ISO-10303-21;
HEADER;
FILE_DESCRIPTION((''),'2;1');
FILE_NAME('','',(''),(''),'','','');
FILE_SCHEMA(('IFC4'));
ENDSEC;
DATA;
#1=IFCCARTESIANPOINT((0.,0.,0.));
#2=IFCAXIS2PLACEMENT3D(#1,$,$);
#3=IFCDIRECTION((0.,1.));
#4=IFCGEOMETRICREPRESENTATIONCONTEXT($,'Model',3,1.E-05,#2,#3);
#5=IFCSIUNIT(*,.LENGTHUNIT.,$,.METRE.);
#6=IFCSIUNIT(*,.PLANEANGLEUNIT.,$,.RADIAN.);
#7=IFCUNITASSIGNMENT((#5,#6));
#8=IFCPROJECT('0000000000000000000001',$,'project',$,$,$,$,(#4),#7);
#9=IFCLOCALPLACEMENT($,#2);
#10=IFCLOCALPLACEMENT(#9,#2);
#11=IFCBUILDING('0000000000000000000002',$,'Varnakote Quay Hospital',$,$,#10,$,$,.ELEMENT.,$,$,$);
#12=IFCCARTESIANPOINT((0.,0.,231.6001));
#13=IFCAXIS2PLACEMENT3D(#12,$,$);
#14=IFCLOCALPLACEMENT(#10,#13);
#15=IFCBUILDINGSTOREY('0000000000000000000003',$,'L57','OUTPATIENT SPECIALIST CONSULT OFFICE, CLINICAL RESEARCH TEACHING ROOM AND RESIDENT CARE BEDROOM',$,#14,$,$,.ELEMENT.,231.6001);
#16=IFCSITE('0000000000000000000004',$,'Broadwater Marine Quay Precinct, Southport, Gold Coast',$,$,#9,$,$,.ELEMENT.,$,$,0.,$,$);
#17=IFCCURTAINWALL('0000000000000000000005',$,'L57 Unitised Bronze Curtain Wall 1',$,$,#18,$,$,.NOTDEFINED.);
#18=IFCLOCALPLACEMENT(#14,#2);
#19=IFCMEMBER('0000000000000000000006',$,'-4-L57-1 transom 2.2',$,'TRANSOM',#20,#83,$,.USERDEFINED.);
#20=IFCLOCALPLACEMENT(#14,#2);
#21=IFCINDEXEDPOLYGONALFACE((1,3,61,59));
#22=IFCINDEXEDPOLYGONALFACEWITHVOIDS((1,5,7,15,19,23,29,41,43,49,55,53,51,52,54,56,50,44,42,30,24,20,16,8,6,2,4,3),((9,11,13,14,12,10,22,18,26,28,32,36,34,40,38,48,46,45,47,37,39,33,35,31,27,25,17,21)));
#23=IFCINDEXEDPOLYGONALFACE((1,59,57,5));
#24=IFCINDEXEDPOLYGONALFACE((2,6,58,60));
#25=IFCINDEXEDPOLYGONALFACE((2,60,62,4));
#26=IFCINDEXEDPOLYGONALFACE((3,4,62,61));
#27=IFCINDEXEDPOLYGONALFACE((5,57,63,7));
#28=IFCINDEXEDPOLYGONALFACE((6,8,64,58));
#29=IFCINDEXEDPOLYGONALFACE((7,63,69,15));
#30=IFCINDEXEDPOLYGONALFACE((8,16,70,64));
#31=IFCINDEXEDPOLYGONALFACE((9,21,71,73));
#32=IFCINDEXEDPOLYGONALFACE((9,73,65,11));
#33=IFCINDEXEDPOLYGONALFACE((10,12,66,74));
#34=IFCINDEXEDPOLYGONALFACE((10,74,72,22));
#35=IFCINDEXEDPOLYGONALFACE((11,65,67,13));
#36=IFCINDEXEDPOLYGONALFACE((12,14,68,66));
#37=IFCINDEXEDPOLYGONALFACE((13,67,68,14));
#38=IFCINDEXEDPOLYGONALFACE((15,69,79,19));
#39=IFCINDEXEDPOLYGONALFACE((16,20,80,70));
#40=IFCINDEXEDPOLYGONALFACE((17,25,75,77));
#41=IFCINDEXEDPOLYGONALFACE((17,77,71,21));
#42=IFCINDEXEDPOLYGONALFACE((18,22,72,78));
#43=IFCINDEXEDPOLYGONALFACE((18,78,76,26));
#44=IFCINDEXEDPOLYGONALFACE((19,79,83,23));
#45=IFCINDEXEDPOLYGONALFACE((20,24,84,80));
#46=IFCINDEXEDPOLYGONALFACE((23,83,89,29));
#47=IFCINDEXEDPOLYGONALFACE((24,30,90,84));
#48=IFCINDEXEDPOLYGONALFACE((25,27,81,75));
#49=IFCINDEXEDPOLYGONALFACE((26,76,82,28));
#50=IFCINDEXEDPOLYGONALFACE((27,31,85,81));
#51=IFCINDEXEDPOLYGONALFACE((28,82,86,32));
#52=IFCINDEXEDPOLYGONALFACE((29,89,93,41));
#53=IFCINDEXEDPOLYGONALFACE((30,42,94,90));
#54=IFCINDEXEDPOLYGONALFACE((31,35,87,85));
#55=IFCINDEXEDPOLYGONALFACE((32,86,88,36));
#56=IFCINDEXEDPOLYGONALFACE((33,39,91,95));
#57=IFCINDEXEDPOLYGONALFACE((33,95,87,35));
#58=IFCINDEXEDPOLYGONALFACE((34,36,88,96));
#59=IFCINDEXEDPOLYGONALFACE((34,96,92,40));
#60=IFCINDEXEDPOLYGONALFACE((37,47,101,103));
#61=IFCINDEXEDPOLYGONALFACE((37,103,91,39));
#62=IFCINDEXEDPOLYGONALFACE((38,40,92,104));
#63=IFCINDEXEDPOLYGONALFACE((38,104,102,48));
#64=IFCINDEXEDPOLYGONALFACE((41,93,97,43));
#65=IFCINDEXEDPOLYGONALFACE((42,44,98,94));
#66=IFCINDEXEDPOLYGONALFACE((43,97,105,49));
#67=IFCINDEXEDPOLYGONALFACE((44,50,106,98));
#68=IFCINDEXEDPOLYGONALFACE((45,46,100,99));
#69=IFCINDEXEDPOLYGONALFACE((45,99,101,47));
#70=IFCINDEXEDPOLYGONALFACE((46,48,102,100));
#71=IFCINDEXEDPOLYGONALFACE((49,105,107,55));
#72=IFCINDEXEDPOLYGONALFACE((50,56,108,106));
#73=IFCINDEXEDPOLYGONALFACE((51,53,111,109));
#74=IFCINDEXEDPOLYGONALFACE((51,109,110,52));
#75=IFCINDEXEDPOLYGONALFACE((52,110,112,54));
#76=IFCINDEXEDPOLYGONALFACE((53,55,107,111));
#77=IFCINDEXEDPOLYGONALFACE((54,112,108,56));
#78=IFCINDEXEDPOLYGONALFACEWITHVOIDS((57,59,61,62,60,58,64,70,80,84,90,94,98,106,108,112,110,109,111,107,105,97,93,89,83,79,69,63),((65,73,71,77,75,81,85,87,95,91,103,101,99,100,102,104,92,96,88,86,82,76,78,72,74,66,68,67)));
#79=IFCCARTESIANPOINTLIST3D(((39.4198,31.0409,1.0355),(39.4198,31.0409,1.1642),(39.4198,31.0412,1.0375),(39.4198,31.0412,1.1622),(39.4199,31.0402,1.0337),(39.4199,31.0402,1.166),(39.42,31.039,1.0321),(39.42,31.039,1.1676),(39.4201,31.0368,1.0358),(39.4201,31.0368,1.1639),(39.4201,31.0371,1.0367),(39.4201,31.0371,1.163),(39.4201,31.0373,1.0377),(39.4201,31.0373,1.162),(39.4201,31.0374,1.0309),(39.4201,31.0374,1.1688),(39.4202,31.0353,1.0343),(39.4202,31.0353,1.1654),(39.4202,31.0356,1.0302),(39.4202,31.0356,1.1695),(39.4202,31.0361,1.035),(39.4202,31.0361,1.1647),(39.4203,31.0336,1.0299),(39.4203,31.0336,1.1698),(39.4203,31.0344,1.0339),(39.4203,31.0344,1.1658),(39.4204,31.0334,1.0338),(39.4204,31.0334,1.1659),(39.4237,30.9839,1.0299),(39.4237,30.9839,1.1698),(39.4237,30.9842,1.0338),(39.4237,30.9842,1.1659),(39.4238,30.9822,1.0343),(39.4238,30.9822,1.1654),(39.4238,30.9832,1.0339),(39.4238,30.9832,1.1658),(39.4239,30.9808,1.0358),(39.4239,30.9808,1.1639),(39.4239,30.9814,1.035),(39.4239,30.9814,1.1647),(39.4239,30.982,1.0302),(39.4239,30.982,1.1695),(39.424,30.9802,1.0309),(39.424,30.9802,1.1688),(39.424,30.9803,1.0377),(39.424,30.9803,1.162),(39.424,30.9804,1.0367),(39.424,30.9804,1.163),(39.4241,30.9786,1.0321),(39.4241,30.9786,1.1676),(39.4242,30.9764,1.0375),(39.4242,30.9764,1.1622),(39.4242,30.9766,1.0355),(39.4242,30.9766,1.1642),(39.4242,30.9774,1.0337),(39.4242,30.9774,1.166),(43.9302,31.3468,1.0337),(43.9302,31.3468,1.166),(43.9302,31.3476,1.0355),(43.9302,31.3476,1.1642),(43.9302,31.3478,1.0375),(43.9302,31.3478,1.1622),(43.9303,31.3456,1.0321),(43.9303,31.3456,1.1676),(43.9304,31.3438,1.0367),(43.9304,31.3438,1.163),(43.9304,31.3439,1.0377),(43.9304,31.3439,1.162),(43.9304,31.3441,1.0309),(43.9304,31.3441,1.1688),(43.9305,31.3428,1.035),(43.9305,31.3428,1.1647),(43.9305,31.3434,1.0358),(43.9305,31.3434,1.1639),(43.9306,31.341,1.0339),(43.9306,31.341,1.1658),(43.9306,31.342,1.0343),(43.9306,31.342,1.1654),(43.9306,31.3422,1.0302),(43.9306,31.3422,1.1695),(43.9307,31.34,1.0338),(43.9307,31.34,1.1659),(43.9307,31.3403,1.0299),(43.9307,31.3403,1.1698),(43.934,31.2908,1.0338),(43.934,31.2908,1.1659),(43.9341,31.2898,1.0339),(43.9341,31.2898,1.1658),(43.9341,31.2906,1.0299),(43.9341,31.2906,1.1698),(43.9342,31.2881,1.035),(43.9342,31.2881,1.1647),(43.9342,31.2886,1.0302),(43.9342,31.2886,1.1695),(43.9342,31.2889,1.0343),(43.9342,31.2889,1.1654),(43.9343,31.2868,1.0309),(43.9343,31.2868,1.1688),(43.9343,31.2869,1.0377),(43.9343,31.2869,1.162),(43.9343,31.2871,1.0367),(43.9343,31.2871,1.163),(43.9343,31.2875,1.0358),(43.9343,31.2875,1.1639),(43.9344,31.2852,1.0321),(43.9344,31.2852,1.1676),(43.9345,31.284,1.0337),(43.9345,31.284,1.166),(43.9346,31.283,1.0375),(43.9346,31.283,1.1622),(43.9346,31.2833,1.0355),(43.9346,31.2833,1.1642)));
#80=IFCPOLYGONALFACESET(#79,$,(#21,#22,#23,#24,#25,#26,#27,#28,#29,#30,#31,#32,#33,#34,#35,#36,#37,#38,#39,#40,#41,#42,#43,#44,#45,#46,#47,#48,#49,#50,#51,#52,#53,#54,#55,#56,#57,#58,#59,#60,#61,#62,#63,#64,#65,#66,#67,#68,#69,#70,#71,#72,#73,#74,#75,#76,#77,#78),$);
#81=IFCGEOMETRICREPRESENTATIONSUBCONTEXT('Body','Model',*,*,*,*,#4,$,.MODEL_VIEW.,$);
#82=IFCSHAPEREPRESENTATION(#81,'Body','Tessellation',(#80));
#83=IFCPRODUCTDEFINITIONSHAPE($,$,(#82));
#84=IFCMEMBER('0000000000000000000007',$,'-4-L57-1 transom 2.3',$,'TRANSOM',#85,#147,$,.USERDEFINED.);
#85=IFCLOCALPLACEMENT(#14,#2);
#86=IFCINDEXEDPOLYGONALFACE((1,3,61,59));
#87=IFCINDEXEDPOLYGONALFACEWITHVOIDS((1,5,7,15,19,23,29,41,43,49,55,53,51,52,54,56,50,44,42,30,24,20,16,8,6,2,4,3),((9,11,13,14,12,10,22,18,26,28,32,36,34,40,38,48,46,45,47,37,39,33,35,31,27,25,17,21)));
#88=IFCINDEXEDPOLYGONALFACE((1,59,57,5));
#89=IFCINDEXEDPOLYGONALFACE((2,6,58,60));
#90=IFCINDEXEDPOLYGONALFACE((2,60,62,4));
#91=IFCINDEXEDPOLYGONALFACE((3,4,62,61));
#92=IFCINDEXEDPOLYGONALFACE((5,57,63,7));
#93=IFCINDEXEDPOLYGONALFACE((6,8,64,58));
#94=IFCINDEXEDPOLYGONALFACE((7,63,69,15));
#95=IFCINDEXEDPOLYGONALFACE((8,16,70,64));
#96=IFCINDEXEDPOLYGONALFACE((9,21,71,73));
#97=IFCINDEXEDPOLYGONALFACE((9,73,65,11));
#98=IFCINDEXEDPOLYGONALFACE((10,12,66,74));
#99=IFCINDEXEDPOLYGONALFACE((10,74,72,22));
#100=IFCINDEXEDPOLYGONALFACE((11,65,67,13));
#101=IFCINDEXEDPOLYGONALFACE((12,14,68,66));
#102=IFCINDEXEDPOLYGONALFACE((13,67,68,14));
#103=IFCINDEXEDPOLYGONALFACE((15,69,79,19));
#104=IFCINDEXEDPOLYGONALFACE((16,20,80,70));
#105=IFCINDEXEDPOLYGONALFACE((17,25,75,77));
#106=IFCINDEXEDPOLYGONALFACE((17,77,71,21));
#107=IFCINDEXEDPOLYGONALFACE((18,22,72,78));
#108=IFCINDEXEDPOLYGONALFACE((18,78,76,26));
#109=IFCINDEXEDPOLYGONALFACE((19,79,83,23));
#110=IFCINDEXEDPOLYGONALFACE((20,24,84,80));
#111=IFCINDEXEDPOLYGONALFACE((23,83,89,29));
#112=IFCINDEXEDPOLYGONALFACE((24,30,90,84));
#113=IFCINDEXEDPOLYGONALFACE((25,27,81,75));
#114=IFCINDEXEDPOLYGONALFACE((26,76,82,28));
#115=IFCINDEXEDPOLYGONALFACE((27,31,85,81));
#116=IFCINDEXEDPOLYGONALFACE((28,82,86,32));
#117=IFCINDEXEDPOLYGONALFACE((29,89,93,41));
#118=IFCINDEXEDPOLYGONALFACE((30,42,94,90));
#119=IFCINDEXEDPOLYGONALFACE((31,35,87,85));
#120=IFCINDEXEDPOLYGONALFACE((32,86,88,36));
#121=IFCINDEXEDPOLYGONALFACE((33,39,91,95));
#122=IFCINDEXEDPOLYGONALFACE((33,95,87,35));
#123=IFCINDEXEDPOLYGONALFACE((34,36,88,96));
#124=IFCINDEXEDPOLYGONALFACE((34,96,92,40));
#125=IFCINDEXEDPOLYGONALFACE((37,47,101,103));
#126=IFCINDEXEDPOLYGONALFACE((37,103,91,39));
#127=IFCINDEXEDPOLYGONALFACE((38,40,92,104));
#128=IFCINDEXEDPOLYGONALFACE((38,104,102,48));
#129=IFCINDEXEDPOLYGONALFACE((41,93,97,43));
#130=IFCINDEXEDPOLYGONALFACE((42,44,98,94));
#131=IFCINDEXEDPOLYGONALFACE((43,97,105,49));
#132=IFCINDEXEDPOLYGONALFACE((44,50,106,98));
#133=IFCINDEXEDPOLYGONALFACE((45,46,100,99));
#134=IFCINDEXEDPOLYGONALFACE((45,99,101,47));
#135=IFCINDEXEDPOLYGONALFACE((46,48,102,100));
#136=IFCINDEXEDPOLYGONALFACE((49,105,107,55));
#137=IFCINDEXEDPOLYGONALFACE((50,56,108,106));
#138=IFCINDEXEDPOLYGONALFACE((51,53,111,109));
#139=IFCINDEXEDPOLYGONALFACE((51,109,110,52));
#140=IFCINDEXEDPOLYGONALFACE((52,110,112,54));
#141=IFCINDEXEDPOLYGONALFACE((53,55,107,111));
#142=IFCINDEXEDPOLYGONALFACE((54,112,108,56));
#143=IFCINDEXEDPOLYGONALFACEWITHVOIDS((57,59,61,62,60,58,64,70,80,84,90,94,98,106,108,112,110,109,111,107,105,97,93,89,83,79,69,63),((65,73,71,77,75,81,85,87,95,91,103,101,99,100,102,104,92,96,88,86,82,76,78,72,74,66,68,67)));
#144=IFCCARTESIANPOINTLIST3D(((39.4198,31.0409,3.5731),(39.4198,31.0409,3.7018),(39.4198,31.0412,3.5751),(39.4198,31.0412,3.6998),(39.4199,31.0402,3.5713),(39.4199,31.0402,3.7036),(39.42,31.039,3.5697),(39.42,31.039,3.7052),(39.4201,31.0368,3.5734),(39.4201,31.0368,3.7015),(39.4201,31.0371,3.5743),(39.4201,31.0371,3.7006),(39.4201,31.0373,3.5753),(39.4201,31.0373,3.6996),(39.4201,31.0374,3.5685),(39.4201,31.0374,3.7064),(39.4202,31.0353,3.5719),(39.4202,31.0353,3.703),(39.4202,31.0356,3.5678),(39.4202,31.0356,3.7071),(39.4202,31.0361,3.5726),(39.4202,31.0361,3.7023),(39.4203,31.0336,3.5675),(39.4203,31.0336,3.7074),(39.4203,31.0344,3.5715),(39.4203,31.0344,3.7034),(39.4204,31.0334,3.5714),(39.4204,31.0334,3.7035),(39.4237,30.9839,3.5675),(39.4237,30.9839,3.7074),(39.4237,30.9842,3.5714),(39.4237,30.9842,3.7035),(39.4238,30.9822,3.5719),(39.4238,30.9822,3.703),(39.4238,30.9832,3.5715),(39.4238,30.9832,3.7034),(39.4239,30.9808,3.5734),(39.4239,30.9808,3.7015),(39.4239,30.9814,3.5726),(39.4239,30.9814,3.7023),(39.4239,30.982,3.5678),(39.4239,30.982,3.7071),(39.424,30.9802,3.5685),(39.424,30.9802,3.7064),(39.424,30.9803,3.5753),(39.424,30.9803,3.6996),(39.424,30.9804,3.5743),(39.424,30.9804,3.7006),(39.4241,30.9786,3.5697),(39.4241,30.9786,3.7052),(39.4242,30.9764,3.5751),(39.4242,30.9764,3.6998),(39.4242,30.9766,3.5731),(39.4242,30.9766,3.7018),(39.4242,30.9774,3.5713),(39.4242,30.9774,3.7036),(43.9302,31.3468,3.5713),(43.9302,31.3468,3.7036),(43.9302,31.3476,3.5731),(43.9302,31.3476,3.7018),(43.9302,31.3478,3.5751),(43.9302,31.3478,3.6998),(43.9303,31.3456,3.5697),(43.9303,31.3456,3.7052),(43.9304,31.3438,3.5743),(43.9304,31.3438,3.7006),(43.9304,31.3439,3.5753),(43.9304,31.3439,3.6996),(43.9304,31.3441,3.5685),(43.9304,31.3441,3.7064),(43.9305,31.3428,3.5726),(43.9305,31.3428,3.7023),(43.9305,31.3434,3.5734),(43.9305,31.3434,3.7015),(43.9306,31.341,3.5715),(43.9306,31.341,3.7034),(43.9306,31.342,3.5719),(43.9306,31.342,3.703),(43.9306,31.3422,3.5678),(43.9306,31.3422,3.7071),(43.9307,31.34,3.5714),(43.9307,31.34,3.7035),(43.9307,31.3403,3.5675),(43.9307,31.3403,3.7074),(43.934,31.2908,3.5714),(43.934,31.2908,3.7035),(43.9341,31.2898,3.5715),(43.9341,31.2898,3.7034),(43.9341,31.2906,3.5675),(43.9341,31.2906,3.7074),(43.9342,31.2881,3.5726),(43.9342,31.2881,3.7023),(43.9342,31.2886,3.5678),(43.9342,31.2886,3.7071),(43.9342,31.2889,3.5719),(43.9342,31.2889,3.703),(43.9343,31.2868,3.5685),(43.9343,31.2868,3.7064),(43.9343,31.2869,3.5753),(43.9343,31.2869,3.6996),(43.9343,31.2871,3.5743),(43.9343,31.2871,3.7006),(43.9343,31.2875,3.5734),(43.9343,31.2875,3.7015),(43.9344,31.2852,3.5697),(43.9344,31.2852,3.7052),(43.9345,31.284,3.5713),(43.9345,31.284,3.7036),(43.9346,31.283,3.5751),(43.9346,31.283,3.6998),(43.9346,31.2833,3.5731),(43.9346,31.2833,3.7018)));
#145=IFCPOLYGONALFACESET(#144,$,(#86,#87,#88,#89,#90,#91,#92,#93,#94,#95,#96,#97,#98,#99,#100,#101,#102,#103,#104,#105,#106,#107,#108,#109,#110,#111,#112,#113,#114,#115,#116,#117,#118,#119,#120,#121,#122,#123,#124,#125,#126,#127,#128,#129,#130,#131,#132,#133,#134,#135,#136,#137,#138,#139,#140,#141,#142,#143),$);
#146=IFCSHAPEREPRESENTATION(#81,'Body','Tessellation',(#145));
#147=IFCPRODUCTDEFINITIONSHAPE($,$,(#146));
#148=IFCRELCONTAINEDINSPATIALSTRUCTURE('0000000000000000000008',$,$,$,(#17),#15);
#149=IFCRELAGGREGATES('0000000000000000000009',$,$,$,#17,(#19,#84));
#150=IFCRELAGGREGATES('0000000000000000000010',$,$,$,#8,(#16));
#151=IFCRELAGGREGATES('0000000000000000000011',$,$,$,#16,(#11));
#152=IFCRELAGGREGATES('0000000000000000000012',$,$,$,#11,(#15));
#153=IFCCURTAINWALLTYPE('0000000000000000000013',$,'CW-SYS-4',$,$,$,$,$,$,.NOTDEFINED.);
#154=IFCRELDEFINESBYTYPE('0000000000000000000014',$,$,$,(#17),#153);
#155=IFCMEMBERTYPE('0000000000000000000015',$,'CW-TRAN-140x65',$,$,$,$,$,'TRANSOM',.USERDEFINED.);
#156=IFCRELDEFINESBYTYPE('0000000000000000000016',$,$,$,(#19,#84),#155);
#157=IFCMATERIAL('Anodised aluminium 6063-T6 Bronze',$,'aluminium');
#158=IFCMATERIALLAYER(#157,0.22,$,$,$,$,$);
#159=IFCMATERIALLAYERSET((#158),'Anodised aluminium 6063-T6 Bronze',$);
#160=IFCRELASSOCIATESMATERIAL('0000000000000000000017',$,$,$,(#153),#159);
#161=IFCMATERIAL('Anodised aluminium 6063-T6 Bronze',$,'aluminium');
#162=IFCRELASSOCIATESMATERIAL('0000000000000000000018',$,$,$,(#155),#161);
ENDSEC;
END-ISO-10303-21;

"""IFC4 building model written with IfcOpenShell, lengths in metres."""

from ifc_helpers import new_model, si_unit, direction, frame, origin, origin_2d, place, context, subcontext, project, spatial, hollow_rectangle, extrude, material, layer, layer_set, material_profile, profile_set, type_object, element, aggregate, save


model = new_model("IFC4")

# Units and contexts
model_context = context("Model", 3, precision=1e-05, world=origin(), true_north=direction((0.0, 1.0)))
body_context = subcontext(model_context, "Body", "Model", "MODEL_VIEW")
ifc_project = project(units=[si_unit("LENGTHUNIT", "METRE"), si_unit("PLANEANGLEUNIT", "RADIAN")], contexts=[model_context])

# Site, building, storey
site_placement = place(None, origin())
site = spatial("IfcSite", under=ifc_project, at=site_placement, Name="Broadwater Marine Quay Precinct, Southport, Gold Coast", CompositionType="ELEMENT", RefElevation=0.0)
building_placement = place(site_placement, origin())
building = spatial("IfcBuilding", under=site, at=building_placement, Name="Varnakote Quay Hospital", CompositionType="ELEMENT")
storey_placement = place(building_placement, frame((0.0, 0.0, 231.6001)))
storey = spatial("IfcBuildingStorey", under=building, at=storey_placement, Name="L57", Description="OUTPATIENT SPECIALIST CONSULT OFFICE, CLINICAL RESEARCH TEACHING ROOM AND RESIDENT CARE BEDROOM", CompositionType="ELEMENT", Elevation=231.6001)

# Curtain wall, members
ifc_material_1 = material(Name="Anodised aluminium 6063-T6 Bronze", Category="aluminium")
ifc_layer_1 = layer(ifc_material_1, 0.22)
ifc_layer_set_1 = layer_set([ifc_layer_1], Name="Anodised aluminium 6063-T6 Bronze")
curtain_wall_type = type_object("IfcCurtainWallType", Name="CW-SYS-4", PredefinedType="NOTDEFINED", material=ifc_layer_set_1)
curtain_wall_placement = place(storey_placement, origin())
curtain_wall = element("IfcCurtainWall", 1, at=curtain_wall_placement, inside=storey, type_object=curtain_wall_type, Name="L57 Unitised Bronze Curtain Wall 1", PredefinedType="NOTDEFINED")
ifc_material_2 = material(Name="Anodised aluminium 6063-T6 Bronze", Category="aluminium")
ifc_material_profile_1 = material_profile(ifc_material_2, hollow_rectangle(XDim=0.0649, YDim=0.1399, WallThickness=0.0039, InnerFilletRadius=0.0039, OuterFilletRadius=0.0076, at=origin_2d()), Name="CW-TRAN-140x65")
ifc_profile_set_1 = profile_set([ifc_material_profile_1], Name="Anodised aluminium 6063-T6 Bronze")
member_type_1 = type_object("IfcMemberType", Name="CW-TRAN-140x65", ElementType="TRANSOM", PredefinedType="USERDEFINED", material=ifc_profile_set_1)
member_1_placement = place(storey_placement, frame((43.9324, 31.3154, 1.0999), z_axis=(-0.997697, -0.067831, 0.0), x_axis=(0.067831, -0.997697, 0.0)))
member_1 = element("IfcMember", 2, at=member_1_placement, type_object=member_type_1, Name="-4-L57-1 transom 2.2", ObjectType="TRANSOM", PredefinedType="USERDEFINED", context=body_context, shape_type="SweptSolid", body=[
    extrude(hollow_rectangle(XDim=0.0649, YDim=0.1399, WallThickness=0.0039, InnerFilletRadius=0.0039, OuterFilletRadius=0.0076, at=origin_2d()), origin(), (0.0, 0.0, 1.0), 4.5208),
])
member_2_placement = place(storey_placement, frame((43.9324, 31.3154, 3.6375), z_axis=(-0.997697, -0.067831, 0.0), x_axis=(0.067831, -0.997697, 0.0)))
member_2 = element("IfcMember", 3, at=member_2_placement, type_object=member_type_1, Name="-4-L57-1 transom 2.3", ObjectType="TRANSOM", PredefinedType="USERDEFINED", context=body_context, shape_type="SweptSolid", body=[
    extrude(hollow_rectangle(XDim=0.0649, YDim=0.1399, WallThickness=0.0039, InnerFilletRadius=0.0039, OuterFilletRadius=0.0076, at=origin_2d()), origin(), (0.0, 0.0, 1.0), 4.5208),
])
aggregate(curtain_wall, [member_1, member_2])

save(model, "model.ifc")
